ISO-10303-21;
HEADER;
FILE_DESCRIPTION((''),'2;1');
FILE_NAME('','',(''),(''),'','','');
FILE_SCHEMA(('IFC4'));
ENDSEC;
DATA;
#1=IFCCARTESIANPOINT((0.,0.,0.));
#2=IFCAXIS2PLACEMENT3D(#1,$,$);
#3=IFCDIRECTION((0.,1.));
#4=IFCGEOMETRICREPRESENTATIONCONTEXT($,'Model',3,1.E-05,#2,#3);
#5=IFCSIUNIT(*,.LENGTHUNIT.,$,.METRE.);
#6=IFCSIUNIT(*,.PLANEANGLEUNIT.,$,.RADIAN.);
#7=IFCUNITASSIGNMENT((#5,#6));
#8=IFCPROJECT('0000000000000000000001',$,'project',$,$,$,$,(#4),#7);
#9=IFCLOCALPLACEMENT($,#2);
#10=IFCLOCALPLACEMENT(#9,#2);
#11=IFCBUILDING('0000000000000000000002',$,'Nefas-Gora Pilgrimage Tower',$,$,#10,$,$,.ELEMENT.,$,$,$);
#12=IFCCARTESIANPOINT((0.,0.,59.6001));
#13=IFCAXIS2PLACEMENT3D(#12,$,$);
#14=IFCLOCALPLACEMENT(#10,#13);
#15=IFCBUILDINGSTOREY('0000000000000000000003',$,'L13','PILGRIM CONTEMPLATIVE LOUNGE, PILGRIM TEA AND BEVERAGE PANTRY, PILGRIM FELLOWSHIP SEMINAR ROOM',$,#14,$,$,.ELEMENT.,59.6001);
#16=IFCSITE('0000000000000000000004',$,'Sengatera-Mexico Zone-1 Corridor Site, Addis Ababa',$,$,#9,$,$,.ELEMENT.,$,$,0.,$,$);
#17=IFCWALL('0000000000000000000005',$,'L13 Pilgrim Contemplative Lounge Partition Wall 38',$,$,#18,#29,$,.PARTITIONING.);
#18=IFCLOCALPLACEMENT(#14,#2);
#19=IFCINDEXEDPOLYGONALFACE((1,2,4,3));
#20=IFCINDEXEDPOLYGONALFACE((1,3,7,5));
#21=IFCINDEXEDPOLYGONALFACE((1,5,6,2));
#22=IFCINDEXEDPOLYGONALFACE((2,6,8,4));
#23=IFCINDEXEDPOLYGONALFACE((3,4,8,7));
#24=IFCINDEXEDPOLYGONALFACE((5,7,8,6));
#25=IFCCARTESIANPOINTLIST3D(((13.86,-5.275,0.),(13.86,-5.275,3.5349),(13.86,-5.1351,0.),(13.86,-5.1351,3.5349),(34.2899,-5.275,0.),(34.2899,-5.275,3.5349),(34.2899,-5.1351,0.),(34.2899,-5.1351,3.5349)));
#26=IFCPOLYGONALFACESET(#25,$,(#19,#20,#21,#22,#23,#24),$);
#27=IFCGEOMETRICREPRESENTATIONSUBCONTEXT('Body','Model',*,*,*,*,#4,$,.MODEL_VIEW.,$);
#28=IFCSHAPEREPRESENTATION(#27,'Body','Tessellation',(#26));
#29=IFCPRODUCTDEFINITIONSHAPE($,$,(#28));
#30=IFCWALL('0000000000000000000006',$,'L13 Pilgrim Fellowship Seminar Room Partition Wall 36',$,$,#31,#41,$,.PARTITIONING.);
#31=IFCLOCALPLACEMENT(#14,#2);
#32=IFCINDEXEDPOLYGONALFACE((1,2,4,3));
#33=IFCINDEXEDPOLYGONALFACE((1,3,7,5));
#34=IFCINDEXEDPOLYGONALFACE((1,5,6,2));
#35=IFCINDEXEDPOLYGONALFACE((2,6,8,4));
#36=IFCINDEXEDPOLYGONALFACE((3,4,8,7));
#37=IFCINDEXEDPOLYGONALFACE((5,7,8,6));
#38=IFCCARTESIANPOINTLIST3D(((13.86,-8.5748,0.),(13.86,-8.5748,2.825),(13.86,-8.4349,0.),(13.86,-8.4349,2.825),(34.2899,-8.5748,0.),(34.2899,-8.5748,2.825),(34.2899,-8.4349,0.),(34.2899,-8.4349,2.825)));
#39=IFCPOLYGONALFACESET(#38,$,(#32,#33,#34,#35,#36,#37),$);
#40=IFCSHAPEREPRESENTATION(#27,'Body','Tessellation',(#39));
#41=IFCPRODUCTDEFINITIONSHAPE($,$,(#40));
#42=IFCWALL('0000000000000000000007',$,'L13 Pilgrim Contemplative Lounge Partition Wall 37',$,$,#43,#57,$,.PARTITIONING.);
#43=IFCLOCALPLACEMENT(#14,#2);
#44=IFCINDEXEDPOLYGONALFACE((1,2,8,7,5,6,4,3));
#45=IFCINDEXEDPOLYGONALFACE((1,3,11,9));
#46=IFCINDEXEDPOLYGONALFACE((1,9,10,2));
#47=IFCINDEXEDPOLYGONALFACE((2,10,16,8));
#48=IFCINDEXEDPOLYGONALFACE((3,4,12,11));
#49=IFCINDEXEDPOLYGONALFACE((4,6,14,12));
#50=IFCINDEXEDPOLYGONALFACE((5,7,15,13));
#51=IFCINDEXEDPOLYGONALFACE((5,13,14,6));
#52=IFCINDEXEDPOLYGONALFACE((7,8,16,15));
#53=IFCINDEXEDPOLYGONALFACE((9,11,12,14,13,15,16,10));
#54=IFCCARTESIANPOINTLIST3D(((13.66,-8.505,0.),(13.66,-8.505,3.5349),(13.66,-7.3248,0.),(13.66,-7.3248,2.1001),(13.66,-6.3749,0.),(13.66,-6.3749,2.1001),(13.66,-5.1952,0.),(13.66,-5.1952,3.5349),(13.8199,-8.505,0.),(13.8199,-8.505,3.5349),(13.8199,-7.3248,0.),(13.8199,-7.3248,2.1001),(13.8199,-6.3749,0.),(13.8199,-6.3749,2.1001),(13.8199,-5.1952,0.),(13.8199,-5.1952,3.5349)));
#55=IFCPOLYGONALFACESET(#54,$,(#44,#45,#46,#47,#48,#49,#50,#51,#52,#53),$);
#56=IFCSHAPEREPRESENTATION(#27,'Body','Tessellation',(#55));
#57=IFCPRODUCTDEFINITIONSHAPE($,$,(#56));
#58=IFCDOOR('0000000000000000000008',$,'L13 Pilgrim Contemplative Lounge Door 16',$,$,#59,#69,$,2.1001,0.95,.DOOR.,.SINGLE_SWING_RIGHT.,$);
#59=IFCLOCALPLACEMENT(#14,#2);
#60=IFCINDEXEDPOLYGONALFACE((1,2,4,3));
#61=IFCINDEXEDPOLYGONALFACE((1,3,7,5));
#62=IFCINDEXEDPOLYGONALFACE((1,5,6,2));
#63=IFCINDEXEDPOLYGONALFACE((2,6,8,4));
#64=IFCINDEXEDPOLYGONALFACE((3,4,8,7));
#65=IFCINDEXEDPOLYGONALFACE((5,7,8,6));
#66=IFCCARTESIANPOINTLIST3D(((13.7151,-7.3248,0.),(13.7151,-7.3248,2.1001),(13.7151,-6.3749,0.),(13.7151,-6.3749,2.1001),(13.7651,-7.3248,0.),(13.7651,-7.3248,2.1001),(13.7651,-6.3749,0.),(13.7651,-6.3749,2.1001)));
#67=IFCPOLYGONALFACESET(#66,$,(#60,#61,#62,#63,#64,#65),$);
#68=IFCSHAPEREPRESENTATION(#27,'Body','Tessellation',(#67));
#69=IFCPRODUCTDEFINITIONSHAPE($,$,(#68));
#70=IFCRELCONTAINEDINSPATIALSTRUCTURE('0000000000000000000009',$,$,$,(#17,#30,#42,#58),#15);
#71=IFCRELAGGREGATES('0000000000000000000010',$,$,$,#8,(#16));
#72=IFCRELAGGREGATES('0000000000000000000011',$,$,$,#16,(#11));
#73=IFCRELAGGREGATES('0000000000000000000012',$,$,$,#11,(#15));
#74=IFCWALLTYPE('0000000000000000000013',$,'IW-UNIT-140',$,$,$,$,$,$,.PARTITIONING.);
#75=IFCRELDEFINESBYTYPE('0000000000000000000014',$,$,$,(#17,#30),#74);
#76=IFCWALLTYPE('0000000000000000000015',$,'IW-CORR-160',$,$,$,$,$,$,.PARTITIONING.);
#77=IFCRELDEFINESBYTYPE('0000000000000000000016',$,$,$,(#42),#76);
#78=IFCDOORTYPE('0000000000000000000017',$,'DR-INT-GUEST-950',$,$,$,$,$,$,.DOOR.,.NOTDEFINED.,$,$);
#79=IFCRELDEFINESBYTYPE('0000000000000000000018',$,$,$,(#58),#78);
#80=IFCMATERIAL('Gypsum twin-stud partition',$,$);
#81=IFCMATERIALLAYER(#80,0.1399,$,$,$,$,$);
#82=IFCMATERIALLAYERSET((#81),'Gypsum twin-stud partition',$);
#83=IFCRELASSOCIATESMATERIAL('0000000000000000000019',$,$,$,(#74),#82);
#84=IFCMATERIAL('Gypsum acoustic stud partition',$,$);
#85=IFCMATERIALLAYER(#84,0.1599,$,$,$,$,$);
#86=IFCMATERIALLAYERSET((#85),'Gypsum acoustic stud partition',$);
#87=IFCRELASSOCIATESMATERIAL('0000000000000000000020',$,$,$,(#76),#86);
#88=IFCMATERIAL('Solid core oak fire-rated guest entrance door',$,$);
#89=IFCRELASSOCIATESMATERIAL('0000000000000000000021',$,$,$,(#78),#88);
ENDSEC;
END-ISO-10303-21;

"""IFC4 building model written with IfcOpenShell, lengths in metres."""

from ifc_helpers import new_model, si_unit, direction, frame, frame_2d, origin, place, context, subcontext, project, spatial, rectangle, extrude, source, transform, mapped, material, layer, layer_set, type_object, element, fill, save


model = new_model("IFC4")

# Units and contexts
model_context = context("Model", 3, precision=1e-05, world=origin(), true_north=direction((0.0, 1.0)))
body_context = subcontext(model_context, "Body", "Model", "MODEL_VIEW")
ifc_project = project(units=[si_unit("LENGTHUNIT", "METRE"), si_unit("PLANEANGLEUNIT", "RADIAN")], contexts=[model_context])

# Site, building, storey
site_placement = place(None, origin())
site = spatial("IfcSite", under=ifc_project, at=site_placement, Name="Sengatera-Mexico Zone-1 Corridor Site, Addis Ababa", CompositionType="ELEMENT", RefElevation=0.0)
building_placement = place(site_placement, origin())
building = spatial("IfcBuilding", under=site, at=building_placement, Name="Nefas-Gora Pilgrimage Tower", CompositionType="ELEMENT")
storey_placement = place(building_placement, frame((0.0, 0.0, 59.6001)))
storey = spatial("IfcBuildingStorey", under=building, at=storey_placement, Name="L13", Description="PILGRIM CONTEMPLATIVE LOUNGE, PILGRIM TEA AND BEVERAGE PANTRY, PILGRIM FELLOWSHIP SEMINAR ROOM", CompositionType="ELEMENT", Elevation=59.6001)

# Walls
ifc_material_1 = material(Name="Gypsum twin-stud partition")
ifc_layer_1 = layer(ifc_material_1, 0.1399)
ifc_layer_set_1 = layer_set([ifc_layer_1], Name="Gypsum twin-stud partition")
wall_type_1 = type_object("IfcWallType", Name="IW-UNIT-140", PredefinedType="PARTITIONING", material=ifc_layer_set_1)
shared_shape_1 = source(origin(), body_context, "Body", "SweptSolid", [
    extrude(rectangle(XDim=20.4299, YDim=0.1399, at=frame_2d((10.2148, 0.0))), origin(), (0.0, 0.0, 1.0), 3.5349),
])
wall_1_placement = place(storey_placement, frame((13.8601, -5.2051, 0.0), z_axis=(0.0, 0.0, 1.0), x_axis=(1.0, 0.0, 0.0)))
element("IfcWall", 1, at=wall_1_placement, inside=storey, type_object=wall_type_1, Name="L13 Pilgrim Contemplative Lounge Partition Wall 38", PredefinedType="PARTITIONING", context=body_context, shape_type="MappedRepresentation", body=[
    mapped(shared_shape_1, transform((0.0, 0.0, 0.0), x_axis=(1.0, 0.0, 0.0), y_axis=(0.0, 1.0, 0.0), z_axis=(0.0, 0.0, 1.0), scale=1.0)),
])
shared_shape_2 = source(origin(), body_context, "Body", "SweptSolid", [
    extrude(rectangle(XDim=20.4299, YDim=0.1399, at=frame_2d((10.2148, 0.0))), origin(), (0.0, 0.0, 1.0), 2.825),
])
wall_2_placement = place(storey_placement, frame((13.8601, -8.5049, 0.0), z_axis=(0.0, 0.0, 1.0), x_axis=(1.0, 0.0, 0.0)))
element("IfcWall", 2, at=wall_2_placement, inside=storey, type_object=wall_type_1, Name="L13 Pilgrim Fellowship Seminar Room Partition Wall 36", PredefinedType="PARTITIONING", context=body_context, shape_type="MappedRepresentation", body=[
    mapped(shared_shape_2, transform((0.0, 0.0, 0.0), x_axis=(1.0, 0.0, 0.0), y_axis=(0.0, 1.0, 0.0), z_axis=(0.0, 0.0, 1.0), scale=1.0)),
])

# Wall, opening, door
ifc_material_2 = material(Name="Gypsum acoustic stud partition")
ifc_layer_2 = layer(ifc_material_2, 0.1599)
ifc_layer_set_2 = layer_set([ifc_layer_2], Name="Gypsum acoustic stud partition")
wall_type_2 = type_object("IfcWallType", Name="IW-CORR-160", PredefinedType="PARTITIONING", material=ifc_layer_set_2)
shared_shape_3 = source(origin(), body_context, "Body", "SweptSolid", [
    extrude(rectangle(XDim=3.3098, YDim=0.1599, at=frame_2d((1.6548, 0.0))), origin(), (0.0, 0.0, 1.0), 3.5349),
])
wall_3_placement = place(storey_placement, frame((13.74, -8.5049, 0.0), z_axis=(0.0, 0.0, 1.0), x_axis=(0.0, 1.0, 0.0)))
wall_3 = element("IfcWall", 3, at=wall_3_placement, inside=storey, type_object=wall_type_2, Name="L13 Pilgrim Contemplative Lounge Partition Wall 37", PredefinedType="PARTITIONING", context=body_context, shape_type="MappedRepresentation", body=[
    mapped(shared_shape_3, transform((0.0, 0.0, 0.0), x_axis=(1.0, 0.0, 0.0), y_axis=(0.0, 1.0, 0.0), z_axis=(0.0, 0.0, 1.0), scale=1.0)),
])
opening_placement = place(wall_3_placement, frame((1.1799, 0.0, 0.0)))
opening = element("IfcOpeningElement", 4, at=opening_placement, cuts=wall_3, PredefinedType="OPENING", context=body_context, shape_type="SweptSolid", body=[
    extrude(rectangle(XDim=0.95, YDim=2.1001, at=frame_2d((0.4751, 1.05))), frame((0.0, 0.0898, 0.0), z_axis=(0.0, -1.0, 0.0), x_axis=(1.0, 0.0, 0.0)), (0.0, 0.0, 1.0), 0.1799),
])
ifc_material_3 = material(Name="Solid core oak fire-rated guest entrance door")
door_type = type_object("IfcDoorType", Name="DR-INT-GUEST-950", OperationType="NOTDEFINED", PredefinedType="DOOR", material=ifc_material_3)
shared_shape_4 = source(origin(), body_context, "Body", "SweptSolid", [
    extrude(rectangle(XDim=0.95, YDim=2.1001, at=frame_2d((0.4751, 1.05))), frame((0.0, 0.0249, 0.0), z_axis=(0.0, -1.0, 0.0), x_axis=(1.0, 0.0, 0.0)), (0.0, 0.0, 1.0), 0.05),
])
door_placement = place(opening_placement, origin())
door = element("IfcDoor", 5, at=door_placement, inside=storey, type_object=door_type, Name="L13 Pilgrim Contemplative Lounge Door 16", OperationType="SINGLE_SWING_RIGHT", OverallHeight=2.1001, OverallWidth=0.95, PredefinedType="DOOR", context=body_context, shape_type="MappedRepresentation", body=[
    mapped(shared_shape_4, transform((0.0, 0.0, 0.0), x_axis=(1.0, 0.0, 0.0), y_axis=(0.0, 1.0, 0.0), z_axis=(0.0, 0.0, 1.0), scale=1.0)),
])
fill(opening, door)

save(model, "model.ifc")
